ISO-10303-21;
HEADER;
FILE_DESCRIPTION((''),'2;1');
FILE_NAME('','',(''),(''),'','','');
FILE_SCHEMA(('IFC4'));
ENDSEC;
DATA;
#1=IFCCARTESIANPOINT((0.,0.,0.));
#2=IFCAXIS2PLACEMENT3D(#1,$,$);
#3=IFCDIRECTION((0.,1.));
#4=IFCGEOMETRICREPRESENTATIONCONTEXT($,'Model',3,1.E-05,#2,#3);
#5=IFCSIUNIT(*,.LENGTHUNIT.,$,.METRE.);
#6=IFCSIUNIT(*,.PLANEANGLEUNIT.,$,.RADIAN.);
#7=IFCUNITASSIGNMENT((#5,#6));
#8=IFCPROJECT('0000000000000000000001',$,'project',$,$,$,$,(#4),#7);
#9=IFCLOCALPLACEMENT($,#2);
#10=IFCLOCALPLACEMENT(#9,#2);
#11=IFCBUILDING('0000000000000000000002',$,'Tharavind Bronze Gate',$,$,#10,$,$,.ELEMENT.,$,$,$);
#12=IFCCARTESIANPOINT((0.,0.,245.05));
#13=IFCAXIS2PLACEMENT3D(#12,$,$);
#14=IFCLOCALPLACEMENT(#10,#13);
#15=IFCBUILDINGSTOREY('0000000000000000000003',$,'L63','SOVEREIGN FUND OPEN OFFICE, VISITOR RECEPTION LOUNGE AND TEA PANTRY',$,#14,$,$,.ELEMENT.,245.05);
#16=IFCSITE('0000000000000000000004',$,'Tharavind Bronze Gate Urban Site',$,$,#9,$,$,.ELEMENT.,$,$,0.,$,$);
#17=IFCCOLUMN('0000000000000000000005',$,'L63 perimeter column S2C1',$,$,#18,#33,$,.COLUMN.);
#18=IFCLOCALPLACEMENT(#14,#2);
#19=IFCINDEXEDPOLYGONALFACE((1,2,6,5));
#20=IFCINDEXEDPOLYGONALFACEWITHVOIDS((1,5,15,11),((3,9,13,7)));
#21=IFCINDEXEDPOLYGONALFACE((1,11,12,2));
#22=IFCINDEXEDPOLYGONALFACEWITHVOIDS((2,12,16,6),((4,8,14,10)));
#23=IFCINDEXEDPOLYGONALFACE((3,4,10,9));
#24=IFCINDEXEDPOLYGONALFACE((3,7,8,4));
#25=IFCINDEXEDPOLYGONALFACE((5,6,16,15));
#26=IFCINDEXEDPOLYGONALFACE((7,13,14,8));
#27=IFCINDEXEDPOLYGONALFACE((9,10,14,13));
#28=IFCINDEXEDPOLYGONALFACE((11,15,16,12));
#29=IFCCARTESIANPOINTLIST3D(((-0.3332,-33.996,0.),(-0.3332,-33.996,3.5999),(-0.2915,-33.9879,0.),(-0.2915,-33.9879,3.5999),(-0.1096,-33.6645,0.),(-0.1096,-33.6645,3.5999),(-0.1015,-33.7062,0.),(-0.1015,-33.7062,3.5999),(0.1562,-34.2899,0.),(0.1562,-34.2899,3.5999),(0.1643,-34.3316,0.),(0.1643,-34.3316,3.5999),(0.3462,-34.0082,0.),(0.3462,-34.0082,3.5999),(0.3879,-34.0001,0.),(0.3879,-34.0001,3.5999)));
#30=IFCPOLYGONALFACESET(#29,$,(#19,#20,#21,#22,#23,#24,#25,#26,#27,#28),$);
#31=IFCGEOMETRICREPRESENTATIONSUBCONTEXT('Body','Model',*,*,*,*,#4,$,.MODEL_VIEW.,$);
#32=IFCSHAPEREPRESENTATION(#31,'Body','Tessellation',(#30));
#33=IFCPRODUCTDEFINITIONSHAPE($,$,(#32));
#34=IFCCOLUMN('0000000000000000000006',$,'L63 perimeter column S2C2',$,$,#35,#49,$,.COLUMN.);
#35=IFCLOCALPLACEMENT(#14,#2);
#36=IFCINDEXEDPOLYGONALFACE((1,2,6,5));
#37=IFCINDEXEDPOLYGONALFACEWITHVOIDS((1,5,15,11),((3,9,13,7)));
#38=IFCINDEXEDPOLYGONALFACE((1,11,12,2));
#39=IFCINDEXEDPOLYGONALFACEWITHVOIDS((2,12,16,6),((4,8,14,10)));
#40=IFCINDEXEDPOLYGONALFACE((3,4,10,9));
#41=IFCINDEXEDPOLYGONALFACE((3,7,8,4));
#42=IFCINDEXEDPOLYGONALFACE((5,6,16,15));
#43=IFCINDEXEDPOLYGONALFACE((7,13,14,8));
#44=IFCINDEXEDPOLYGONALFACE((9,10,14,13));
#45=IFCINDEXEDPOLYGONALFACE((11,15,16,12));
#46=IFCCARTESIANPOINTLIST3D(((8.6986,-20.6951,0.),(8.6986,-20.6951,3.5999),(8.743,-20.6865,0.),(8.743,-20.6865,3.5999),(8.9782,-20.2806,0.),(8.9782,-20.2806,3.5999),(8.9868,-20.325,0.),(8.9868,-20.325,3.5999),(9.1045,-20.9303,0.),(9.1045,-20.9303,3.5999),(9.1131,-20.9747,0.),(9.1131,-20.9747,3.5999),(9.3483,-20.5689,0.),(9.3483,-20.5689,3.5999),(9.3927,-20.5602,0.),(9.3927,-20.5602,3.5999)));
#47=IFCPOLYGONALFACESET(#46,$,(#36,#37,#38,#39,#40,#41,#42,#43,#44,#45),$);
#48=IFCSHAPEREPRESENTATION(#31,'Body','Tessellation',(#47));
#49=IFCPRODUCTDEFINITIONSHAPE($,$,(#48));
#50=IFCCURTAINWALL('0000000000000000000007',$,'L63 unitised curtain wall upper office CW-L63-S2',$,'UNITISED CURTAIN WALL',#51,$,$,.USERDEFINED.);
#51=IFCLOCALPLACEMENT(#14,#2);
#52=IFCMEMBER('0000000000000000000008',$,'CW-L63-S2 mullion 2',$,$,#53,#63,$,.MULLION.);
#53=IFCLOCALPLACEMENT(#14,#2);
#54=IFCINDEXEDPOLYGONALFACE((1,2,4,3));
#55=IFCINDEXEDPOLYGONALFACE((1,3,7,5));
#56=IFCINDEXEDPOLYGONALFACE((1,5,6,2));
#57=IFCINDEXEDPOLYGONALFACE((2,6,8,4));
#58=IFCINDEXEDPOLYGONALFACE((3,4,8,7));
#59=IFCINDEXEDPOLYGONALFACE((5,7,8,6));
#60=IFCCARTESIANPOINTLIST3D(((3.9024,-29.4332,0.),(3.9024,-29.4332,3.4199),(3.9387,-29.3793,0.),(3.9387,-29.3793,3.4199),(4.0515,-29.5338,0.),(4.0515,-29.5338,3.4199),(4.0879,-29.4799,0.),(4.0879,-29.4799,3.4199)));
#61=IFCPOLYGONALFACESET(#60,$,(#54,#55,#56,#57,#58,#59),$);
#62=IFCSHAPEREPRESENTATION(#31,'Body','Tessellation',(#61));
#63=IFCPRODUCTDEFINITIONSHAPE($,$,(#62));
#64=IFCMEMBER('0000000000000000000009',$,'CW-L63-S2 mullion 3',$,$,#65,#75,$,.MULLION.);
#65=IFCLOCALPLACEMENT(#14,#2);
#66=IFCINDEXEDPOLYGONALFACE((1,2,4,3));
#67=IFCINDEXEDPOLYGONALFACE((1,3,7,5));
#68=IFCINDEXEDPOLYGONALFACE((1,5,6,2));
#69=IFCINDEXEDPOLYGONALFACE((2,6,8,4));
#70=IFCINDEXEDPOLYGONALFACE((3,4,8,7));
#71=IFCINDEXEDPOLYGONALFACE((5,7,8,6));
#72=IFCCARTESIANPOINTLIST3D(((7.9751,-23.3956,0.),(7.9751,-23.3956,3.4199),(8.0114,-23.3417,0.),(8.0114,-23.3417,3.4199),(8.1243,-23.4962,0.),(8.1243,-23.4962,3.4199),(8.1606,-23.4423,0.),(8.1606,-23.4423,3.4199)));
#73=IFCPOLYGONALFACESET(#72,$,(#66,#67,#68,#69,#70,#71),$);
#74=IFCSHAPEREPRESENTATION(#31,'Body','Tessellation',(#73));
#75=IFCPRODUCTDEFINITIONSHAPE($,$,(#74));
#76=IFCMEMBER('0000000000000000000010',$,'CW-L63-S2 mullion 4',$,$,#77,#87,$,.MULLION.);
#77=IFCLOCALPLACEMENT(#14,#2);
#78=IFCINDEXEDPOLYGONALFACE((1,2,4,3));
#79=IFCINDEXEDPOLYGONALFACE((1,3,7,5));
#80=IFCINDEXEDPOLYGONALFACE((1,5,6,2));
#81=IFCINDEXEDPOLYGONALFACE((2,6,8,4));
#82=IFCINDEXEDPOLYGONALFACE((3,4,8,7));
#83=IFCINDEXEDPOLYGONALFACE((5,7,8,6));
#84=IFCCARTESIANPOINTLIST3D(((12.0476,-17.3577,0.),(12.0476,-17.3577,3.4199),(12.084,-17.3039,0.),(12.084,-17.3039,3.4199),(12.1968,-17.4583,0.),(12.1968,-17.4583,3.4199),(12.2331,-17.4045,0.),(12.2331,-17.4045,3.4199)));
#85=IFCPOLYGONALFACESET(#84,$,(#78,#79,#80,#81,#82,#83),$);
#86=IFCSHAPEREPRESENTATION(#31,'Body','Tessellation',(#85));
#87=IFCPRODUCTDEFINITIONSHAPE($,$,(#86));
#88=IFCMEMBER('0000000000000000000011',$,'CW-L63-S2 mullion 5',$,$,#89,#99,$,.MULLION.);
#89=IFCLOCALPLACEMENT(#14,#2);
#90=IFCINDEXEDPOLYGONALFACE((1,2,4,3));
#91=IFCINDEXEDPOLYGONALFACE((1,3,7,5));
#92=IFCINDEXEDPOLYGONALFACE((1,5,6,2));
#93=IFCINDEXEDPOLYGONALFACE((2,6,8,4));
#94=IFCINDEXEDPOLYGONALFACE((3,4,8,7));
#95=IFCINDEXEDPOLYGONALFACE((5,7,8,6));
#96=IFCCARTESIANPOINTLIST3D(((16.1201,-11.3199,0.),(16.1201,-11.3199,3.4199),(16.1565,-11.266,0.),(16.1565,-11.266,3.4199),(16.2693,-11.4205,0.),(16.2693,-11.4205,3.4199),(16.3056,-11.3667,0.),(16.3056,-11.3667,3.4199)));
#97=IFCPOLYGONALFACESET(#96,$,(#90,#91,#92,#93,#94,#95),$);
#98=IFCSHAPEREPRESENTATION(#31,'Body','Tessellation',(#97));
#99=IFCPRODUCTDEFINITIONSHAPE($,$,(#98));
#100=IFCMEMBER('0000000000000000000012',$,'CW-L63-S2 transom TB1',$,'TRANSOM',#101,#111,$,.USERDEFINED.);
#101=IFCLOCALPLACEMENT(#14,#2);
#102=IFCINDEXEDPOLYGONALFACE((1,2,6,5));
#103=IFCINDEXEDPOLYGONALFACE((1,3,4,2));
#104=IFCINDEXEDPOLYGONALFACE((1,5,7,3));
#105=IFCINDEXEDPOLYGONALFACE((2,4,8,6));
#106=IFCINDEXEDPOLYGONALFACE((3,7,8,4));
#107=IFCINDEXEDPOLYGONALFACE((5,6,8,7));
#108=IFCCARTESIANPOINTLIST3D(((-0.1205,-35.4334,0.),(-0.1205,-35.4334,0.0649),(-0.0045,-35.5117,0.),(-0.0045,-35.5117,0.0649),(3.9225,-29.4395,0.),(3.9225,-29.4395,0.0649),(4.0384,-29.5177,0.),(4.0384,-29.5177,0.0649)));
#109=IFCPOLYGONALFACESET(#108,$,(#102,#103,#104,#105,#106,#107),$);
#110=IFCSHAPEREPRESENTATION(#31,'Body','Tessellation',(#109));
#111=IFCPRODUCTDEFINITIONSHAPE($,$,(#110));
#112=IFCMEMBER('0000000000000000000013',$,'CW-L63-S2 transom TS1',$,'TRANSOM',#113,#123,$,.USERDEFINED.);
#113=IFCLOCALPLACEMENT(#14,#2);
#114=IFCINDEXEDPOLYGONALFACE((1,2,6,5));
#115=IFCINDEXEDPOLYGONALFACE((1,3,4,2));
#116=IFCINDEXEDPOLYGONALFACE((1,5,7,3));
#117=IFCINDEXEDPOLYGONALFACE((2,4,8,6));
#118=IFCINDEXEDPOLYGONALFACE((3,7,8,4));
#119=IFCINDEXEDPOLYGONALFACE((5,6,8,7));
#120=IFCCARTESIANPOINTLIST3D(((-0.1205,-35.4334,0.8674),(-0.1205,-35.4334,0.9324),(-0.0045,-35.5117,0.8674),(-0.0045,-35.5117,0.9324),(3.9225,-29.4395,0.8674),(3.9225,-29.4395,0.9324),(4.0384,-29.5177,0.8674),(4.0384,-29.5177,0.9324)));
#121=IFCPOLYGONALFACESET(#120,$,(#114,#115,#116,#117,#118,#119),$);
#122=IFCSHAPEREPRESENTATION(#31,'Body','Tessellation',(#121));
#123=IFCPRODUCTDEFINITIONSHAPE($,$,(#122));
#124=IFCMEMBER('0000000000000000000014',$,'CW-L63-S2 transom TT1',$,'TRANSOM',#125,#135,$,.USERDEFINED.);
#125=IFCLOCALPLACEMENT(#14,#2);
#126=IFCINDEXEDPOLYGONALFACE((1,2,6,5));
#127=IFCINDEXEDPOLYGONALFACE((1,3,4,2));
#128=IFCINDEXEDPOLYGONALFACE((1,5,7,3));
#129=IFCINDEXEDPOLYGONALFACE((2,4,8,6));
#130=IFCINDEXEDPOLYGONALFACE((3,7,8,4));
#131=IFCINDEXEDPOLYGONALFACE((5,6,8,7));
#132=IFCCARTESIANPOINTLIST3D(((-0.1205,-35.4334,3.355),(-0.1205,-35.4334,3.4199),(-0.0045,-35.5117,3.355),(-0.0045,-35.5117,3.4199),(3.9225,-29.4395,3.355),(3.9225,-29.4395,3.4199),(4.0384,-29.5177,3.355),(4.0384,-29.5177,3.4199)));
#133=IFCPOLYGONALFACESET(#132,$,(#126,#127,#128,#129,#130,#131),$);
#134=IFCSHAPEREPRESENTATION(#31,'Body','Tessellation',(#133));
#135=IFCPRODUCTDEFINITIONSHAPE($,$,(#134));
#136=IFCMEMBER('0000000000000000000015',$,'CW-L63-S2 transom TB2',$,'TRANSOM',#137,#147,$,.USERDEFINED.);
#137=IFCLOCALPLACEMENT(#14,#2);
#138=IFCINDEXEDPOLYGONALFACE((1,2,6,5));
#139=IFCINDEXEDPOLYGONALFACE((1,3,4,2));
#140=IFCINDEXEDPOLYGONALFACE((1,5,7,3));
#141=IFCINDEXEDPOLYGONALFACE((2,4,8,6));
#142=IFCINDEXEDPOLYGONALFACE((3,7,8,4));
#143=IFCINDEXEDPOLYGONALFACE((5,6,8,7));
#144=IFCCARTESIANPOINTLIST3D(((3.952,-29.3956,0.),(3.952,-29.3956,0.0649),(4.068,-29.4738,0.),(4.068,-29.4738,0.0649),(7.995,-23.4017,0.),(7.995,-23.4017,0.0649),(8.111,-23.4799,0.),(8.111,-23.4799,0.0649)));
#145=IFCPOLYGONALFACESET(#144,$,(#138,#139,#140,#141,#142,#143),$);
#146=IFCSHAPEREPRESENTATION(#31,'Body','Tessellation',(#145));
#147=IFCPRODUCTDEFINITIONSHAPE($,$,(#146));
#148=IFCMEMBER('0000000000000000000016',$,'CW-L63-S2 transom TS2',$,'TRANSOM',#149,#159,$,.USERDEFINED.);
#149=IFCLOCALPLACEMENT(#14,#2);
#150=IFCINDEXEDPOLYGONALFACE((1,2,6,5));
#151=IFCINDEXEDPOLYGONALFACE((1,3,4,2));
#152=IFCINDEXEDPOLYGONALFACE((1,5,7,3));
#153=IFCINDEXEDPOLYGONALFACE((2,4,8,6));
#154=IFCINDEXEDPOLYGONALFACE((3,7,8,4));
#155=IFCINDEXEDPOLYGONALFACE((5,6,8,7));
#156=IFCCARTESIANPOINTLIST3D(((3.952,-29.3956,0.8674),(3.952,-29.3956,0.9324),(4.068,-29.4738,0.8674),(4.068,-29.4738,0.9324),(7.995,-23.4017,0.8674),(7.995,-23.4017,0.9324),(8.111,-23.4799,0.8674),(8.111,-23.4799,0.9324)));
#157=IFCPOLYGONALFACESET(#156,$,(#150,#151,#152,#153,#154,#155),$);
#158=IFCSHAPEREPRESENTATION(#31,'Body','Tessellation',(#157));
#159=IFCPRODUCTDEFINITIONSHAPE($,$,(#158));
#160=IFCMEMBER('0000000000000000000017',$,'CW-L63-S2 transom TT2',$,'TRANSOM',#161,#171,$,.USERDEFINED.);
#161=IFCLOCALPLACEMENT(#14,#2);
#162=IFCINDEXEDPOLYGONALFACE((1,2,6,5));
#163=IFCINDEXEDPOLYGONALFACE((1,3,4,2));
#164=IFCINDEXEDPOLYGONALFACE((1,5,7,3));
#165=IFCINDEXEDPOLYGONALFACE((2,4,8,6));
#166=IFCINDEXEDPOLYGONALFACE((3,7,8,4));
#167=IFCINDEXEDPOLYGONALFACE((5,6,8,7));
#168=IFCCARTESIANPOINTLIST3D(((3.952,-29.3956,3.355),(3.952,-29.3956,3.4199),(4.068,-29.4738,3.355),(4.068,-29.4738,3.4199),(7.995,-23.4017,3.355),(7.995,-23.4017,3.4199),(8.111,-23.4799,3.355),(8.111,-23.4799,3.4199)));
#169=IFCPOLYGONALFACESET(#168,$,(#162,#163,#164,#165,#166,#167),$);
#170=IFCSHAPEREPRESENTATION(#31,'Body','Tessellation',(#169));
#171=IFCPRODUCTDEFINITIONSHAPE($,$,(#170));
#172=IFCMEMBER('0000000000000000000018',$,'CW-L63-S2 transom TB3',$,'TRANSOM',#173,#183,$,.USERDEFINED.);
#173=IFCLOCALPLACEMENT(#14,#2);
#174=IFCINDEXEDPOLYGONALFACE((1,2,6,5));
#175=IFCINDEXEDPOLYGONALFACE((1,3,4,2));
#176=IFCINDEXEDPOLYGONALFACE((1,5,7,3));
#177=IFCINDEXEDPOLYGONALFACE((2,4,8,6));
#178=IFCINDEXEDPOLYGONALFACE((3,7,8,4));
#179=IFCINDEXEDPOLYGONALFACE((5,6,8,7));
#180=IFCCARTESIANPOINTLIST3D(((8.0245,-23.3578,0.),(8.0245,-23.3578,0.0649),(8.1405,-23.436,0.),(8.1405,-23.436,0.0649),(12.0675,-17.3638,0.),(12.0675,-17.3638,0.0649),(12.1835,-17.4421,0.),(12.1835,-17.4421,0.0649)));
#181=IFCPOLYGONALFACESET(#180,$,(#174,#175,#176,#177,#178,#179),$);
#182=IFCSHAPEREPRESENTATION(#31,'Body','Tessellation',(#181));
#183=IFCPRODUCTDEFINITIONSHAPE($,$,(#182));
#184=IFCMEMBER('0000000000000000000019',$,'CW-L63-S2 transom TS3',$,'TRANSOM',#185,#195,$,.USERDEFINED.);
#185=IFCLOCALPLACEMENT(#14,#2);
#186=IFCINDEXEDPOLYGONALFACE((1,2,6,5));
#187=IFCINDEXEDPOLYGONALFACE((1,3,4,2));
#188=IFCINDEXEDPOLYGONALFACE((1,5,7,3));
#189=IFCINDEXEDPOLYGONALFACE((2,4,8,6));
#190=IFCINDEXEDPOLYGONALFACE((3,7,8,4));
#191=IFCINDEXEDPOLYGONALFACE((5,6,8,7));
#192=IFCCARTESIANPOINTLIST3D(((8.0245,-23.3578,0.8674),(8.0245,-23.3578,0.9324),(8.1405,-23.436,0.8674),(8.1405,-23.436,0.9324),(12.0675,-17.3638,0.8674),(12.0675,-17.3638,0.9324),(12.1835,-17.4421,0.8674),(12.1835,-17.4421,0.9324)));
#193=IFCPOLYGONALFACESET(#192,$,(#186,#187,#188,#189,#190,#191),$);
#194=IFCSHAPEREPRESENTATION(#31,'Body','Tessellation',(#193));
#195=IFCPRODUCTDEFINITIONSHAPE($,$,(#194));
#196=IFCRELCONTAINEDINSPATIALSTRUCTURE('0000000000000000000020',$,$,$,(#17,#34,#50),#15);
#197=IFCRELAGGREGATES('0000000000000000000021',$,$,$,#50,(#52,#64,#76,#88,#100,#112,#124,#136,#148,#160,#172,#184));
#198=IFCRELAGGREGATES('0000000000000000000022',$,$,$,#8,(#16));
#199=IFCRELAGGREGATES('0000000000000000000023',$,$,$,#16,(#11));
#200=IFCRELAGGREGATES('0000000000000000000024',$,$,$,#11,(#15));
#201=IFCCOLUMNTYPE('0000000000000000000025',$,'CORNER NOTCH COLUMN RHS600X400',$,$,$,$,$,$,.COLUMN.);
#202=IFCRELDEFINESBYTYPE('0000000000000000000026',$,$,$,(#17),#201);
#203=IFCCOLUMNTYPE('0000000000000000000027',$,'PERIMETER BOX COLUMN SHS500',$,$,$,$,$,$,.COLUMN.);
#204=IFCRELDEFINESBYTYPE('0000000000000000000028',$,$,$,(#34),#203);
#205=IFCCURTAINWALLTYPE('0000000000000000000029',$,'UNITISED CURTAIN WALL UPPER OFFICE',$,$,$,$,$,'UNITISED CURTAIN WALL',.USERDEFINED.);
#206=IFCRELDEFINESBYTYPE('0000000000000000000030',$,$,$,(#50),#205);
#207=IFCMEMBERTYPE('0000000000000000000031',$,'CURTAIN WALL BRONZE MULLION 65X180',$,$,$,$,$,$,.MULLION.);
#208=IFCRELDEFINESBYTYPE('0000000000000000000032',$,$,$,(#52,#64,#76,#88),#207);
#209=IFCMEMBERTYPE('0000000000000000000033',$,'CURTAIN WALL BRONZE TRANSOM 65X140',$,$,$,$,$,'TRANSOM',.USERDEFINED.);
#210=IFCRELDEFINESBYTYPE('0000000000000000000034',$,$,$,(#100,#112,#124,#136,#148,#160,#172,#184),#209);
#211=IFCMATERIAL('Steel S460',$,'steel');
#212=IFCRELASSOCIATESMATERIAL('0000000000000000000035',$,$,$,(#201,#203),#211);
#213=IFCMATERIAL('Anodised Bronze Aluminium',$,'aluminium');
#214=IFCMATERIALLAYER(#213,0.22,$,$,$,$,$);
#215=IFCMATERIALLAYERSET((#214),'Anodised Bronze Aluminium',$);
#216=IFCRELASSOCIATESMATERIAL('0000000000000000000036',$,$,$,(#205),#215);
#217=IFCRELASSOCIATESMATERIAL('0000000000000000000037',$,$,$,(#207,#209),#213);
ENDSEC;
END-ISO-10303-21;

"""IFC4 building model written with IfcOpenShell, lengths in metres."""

from ifc_helpers import new_model, si_unit, direction, frame, origin, origin_2d, place, context, subcontext, project, spatial, rectangle, hollow_rectangle, extrude, material, layer, layer_set, material_profile, profile_set, type_object, element, aggregate, save


model = new_model("IFC4")

# Units and contexts
model_context = context("Model", 3, precision=1e-05, world=origin(), true_north=direction((0.0, 1.0)))
body_context = subcontext(model_context, "Body", "Model", "MODEL_VIEW")
ifc_project = project(units=[si_unit("LENGTHUNIT", "METRE"), si_unit("PLANEANGLEUNIT", "RADIAN")], contexts=[model_context])

# Site, building, storey
site_placement = place(None, origin())
site = spatial("IfcSite", under=ifc_project, at=site_placement, Name="Tharavind Bronze Gate Urban Site", CompositionType="ELEMENT", RefElevation=0.0)
building_placement = place(site_placement, origin())
building = spatial("IfcBuilding", under=site, at=building_placement, Name="Tharavind Bronze Gate", CompositionType="ELEMENT")
storey_placement = place(building_placement, frame((0.0, 0.0, 245.05)))
storey = spatial("IfcBuildingStorey", under=building, at=storey_placement, Name="L63", Description="SOVEREIGN FUND OPEN OFFICE, VISITOR RECEPTION LOUNGE AND TEA PANTRY", CompositionType="ELEMENT", Elevation=245.05)

# Columns
ifc_material_1 = material(Name="Steel S460", Category="steel")
ifc_material_profile_1 = material_profile(ifc_material_1, hollow_rectangle(XDim=0.3999, YDim=0.6001, WallThickness=0.03, at=origin_2d()), Name="RHS600X400X30")
ifc_profile_set_1 = profile_set([ifc_material_profile_1], Name="Steel S460")
column_type_1 = type_object("IfcColumnType", Name="CORNER NOTCH COLUMN RHS600X400", PredefinedType="COLUMN", material=ifc_profile_set_1)
column_1_placement = place(storey_placement, frame((0.0273, -33.998, 0.0), z_axis=(0.0, 0.0, 1.0), x_axis=(0.559194, 0.829037, 0.0)))
element("IfcColumn", 1, at=column_1_placement, inside=storey, type_object=column_type_1, Name="L63 perimeter column S2C1", PredefinedType="COLUMN", context=body_context, shape_type="SweptSolid", body=[
    extrude(hollow_rectangle(XDim=0.3999, YDim=0.6001, WallThickness=0.03, at=origin_2d()), origin(), (0.0, 0.0, 1.0), 3.5999),
])
ifc_material_profile_2 = material_profile(ifc_material_1, hollow_rectangle(XDim=0.5, YDim=0.5, WallThickness=0.032, at=origin_2d()), Name="SHS500X32")
ifc_profile_set_2 = profile_set([ifc_material_profile_2], Name="Steel S460")
column_type_2 = type_object("IfcColumnType", Name="PERIMETER BOX COLUMN SHS500", PredefinedType="COLUMN", material=ifc_profile_set_2)
column_2_placement = place(storey_placement, frame((9.0457, -20.6277, 0.0), z_axis=(0.0, 0.0, 1.0), x_axis=(0.559194, 0.829037, 0.0)))
element("IfcColumn", 2, at=column_2_placement, inside=storey, type_object=column_type_2, Name="L63 perimeter column S2C2", PredefinedType="COLUMN", context=body_context, shape_type="SweptSolid", body=[
    extrude(hollow_rectangle(XDim=0.5, YDim=0.5, WallThickness=0.032, at=origin_2d()), origin(), (0.0, 0.0, 1.0), 3.5999),
])

# Curtain wall, members
ifc_material_2 = material(Name="Anodised Bronze Aluminium", Category="aluminium")
ifc_layer_1 = layer(ifc_material_2, 0.22)
ifc_layer_set_1 = layer_set([ifc_layer_1], Name="Anodised Bronze Aluminium")
curtain_wall_type = type_object("IfcCurtainWallType", Name="UNITISED CURTAIN WALL UPPER OFFICE", ElementType="UNITISED CURTAIN WALL", PredefinedType="USERDEFINED", material=ifc_layer_set_1)
curtain_wall_placement = place(storey_placement, origin())
curtain_wall = element("IfcCurtainWall", 3, at=curtain_wall_placement, inside=storey, type_object=curtain_wall_type, Name="L63 unitised curtain wall upper office CW-L63-S2", ObjectType="UNITISED CURTAIN WALL", PredefinedType="USERDEFINED")
member_type_1 = type_object("IfcMemberType", Name="CURTAIN WALL BRONZE MULLION 65X180", PredefinedType="MULLION", material=ifc_material_2)
member_1_placement = place(storey_placement, frame((3.9951, -29.4565, 0.0), z_axis=(0.0, 0.0, 1.0), x_axis=(0.559193, 0.829038, 0.0)))
member_1 = element("IfcMember", 4, at=member_1_placement, type_object=member_type_1, Name="CW-L63-S2 mullion 2", PredefinedType="MULLION", context=body_context, shape_type="SweptSolid", body=[
    extrude(rectangle(XDim=0.0649, YDim=0.1799, at=origin_2d()), origin(), (0.0, 0.0, 1.0), 3.4199),
])
member_2_placement = place(storey_placement, frame((8.0679, -23.4189, 0.0), z_axis=(0.0, 0.0, 1.0), x_axis=(0.559193, 0.829038, 0.0)))
member_2 = element("IfcMember", 5, at=member_2_placement, type_object=member_type_1, Name="CW-L63-S2 mullion 3", PredefinedType="MULLION", context=body_context, shape_type="SweptSolid", body=[
    extrude(rectangle(XDim=0.0649, YDim=0.1799, at=origin_2d()), origin(), (0.0, 0.0, 1.0), 3.4199),
])
member_3_placement = place(storey_placement, frame((12.1404, -17.3811, 0.0), z_axis=(0.0, 0.0, 1.0), x_axis=(0.559193, 0.829038, 0.0)))
member_3 = element("IfcMember", 6, at=member_3_placement, type_object=member_type_1, Name="CW-L63-S2 mullion 4", PredefinedType="MULLION", context=body_context, shape_type="SweptSolid", body=[
    extrude(rectangle(XDim=0.0649, YDim=0.1799, at=origin_2d()), origin(), (0.0, 0.0, 1.0), 3.4199),
])
member_4_placement = place(storey_placement, frame((16.2129, -11.3433, 0.0), z_axis=(0.0, 0.0, 1.0), x_axis=(0.559193, 0.829038, 0.0)))
member_4 = element("IfcMember", 7, at=member_4_placement, type_object=member_type_1, Name="CW-L63-S2 mullion 5", PredefinedType="MULLION", context=body_context, shape_type="SweptSolid", body=[
    extrude(rectangle(XDim=0.0649, YDim=0.1799, at=origin_2d()), origin(), (0.0, 0.0, 1.0), 3.4199),
])
member_type_2 = type_object("IfcMemberType", Name="CURTAIN WALL BRONZE TRANSOM 65X140", ElementType="TRANSOM", PredefinedType="USERDEFINED", material=ifc_material_2)
member_5_placement = place(storey_placement, frame((1.959, -32.4756, 0.0), z_axis=(0.0, 0.0, 1.0), x_axis=(0.559193, 0.829038, 0.0)))
member_5 = element("IfcMember", 8, at=member_5_placement, type_object=member_type_2, Name="CW-L63-S2 transom TB1", ObjectType="TRANSOM", PredefinedType="USERDEFINED", context=body_context, shape_type="SweptSolid", body=[
    extrude(rectangle(XDim=7.23, YDim=0.1399, at=origin_2d()), origin(), (0.0, 0.0, 1.0), 0.0649),
])
member_6_placement = place(storey_placement, frame((1.959, -32.4756, 0.8674), z_axis=(0.0, 0.0, 1.0), x_axis=(0.559193, 0.829038, 0.0)))
member_6 = element("IfcMember", 9, at=member_6_placement, type_object=member_type_2, Name="CW-L63-S2 transom TS1", ObjectType="TRANSOM", PredefinedType="USERDEFINED", context=body_context, shape_type="SweptSolid", body=[
    extrude(rectangle(XDim=7.23, YDim=0.1399, at=origin_2d()), origin(), (0.0, 0.0, 1.0), 0.0649),
])
member_7_placement = place(storey_placement, frame((1.959, -32.4756, 3.355), z_axis=(0.0, 0.0, 1.0), x_axis=(0.559193, 0.829038, 0.0)))
member_7 = element("IfcMember", 10, at=member_7_placement, type_object=member_type_2, Name="CW-L63-S2 transom TT1", ObjectType="TRANSOM", PredefinedType="USERDEFINED", context=body_context, shape_type="SweptSolid", body=[
    extrude(rectangle(XDim=7.23, YDim=0.1399, at=origin_2d()), origin(), (0.0, 0.0, 1.0), 0.0649),
])
member_8_placement = place(storey_placement, frame((6.0315, -26.4377, 0.0), z_axis=(0.0, 0.0, 1.0), x_axis=(0.559193, 0.829038, 0.0)))
member_8 = element("IfcMember", 11, at=member_8_placement, type_object=member_type_2, Name="CW-L63-S2 transom TB2", ObjectType="TRANSOM", PredefinedType="USERDEFINED", context=body_context, shape_type="SweptSolid", body=[
    extrude(rectangle(XDim=7.23, YDim=0.1399, at=origin_2d()), origin(), (0.0, 0.0, 1.0), 0.0649),
])
member_9_placement = place(storey_placement, frame((6.0315, -26.4377, 0.8674), z_axis=(0.0, 0.0, 1.0), x_axis=(0.559193, 0.829038, 0.0)))
member_9 = element("IfcMember", 12, at=member_9_placement, type_object=member_type_2, Name="CW-L63-S2 transom TS2", ObjectType="TRANSOM", PredefinedType="USERDEFINED", context=body_context, shape_type="SweptSolid", body=[
    extrude(rectangle(XDim=7.23, YDim=0.1399, at=origin_2d()), origin(), (0.0, 0.0, 1.0), 0.0649),
])
member_10_placement = place(storey_placement, frame((6.0315, -26.4377, 3.355), z_axis=(0.0, 0.0, 1.0), x_axis=(0.559193, 0.829038, 0.0)))
member_10 = element("IfcMember", 13, at=member_10_placement, type_object=member_type_2, Name="CW-L63-S2 transom TT2", ObjectType="TRANSOM", PredefinedType="USERDEFINED", context=body_context, shape_type="SweptSolid", body=[
    extrude(rectangle(XDim=7.23, YDim=0.1399, at=origin_2d()), origin(), (0.0, 0.0, 1.0), 0.0649),
])
member_11_placement = place(storey_placement, frame((10.104, -20.3999, 0.0), z_axis=(0.0, 0.0, 1.0), x_axis=(0.559193, 0.829038, 0.0)))
member_11 = element("IfcMember", 14, at=member_11_placement, type_object=member_type_2, Name="CW-L63-S2 transom TB3", ObjectType="TRANSOM", PredefinedType="USERDEFINED", context=body_context, shape_type="SweptSolid", body=[
    extrude(rectangle(XDim=7.23, YDim=0.1399, at=origin_2d()), origin(), (0.0, 0.0, 1.0), 0.0649),
])
member_12_placement = place(storey_placement, frame((10.104, -20.3999, 0.8674), z_axis=(0.0, 0.0, 1.0), x_axis=(0.559193, 0.829038, 0.0)))
member_12 = element("IfcMember", 15, at=member_12_placement, type_object=member_type_2, Name="CW-L63-S2 transom TS3", ObjectType="TRANSOM", PredefinedType="USERDEFINED", context=body_context, shape_type="SweptSolid", body=[
    extrude(rectangle(XDim=7.23, YDim=0.1399, at=origin_2d()), origin(), (0.0, 0.0, 1.0), 0.0649),
])

aggregate(curtain_wall, [member_1, member_2, member_3, member_4, member_5, member_6, member_7, member_8, member_9, member_10, member_11, member_12])

save(model, "model.ifc")
